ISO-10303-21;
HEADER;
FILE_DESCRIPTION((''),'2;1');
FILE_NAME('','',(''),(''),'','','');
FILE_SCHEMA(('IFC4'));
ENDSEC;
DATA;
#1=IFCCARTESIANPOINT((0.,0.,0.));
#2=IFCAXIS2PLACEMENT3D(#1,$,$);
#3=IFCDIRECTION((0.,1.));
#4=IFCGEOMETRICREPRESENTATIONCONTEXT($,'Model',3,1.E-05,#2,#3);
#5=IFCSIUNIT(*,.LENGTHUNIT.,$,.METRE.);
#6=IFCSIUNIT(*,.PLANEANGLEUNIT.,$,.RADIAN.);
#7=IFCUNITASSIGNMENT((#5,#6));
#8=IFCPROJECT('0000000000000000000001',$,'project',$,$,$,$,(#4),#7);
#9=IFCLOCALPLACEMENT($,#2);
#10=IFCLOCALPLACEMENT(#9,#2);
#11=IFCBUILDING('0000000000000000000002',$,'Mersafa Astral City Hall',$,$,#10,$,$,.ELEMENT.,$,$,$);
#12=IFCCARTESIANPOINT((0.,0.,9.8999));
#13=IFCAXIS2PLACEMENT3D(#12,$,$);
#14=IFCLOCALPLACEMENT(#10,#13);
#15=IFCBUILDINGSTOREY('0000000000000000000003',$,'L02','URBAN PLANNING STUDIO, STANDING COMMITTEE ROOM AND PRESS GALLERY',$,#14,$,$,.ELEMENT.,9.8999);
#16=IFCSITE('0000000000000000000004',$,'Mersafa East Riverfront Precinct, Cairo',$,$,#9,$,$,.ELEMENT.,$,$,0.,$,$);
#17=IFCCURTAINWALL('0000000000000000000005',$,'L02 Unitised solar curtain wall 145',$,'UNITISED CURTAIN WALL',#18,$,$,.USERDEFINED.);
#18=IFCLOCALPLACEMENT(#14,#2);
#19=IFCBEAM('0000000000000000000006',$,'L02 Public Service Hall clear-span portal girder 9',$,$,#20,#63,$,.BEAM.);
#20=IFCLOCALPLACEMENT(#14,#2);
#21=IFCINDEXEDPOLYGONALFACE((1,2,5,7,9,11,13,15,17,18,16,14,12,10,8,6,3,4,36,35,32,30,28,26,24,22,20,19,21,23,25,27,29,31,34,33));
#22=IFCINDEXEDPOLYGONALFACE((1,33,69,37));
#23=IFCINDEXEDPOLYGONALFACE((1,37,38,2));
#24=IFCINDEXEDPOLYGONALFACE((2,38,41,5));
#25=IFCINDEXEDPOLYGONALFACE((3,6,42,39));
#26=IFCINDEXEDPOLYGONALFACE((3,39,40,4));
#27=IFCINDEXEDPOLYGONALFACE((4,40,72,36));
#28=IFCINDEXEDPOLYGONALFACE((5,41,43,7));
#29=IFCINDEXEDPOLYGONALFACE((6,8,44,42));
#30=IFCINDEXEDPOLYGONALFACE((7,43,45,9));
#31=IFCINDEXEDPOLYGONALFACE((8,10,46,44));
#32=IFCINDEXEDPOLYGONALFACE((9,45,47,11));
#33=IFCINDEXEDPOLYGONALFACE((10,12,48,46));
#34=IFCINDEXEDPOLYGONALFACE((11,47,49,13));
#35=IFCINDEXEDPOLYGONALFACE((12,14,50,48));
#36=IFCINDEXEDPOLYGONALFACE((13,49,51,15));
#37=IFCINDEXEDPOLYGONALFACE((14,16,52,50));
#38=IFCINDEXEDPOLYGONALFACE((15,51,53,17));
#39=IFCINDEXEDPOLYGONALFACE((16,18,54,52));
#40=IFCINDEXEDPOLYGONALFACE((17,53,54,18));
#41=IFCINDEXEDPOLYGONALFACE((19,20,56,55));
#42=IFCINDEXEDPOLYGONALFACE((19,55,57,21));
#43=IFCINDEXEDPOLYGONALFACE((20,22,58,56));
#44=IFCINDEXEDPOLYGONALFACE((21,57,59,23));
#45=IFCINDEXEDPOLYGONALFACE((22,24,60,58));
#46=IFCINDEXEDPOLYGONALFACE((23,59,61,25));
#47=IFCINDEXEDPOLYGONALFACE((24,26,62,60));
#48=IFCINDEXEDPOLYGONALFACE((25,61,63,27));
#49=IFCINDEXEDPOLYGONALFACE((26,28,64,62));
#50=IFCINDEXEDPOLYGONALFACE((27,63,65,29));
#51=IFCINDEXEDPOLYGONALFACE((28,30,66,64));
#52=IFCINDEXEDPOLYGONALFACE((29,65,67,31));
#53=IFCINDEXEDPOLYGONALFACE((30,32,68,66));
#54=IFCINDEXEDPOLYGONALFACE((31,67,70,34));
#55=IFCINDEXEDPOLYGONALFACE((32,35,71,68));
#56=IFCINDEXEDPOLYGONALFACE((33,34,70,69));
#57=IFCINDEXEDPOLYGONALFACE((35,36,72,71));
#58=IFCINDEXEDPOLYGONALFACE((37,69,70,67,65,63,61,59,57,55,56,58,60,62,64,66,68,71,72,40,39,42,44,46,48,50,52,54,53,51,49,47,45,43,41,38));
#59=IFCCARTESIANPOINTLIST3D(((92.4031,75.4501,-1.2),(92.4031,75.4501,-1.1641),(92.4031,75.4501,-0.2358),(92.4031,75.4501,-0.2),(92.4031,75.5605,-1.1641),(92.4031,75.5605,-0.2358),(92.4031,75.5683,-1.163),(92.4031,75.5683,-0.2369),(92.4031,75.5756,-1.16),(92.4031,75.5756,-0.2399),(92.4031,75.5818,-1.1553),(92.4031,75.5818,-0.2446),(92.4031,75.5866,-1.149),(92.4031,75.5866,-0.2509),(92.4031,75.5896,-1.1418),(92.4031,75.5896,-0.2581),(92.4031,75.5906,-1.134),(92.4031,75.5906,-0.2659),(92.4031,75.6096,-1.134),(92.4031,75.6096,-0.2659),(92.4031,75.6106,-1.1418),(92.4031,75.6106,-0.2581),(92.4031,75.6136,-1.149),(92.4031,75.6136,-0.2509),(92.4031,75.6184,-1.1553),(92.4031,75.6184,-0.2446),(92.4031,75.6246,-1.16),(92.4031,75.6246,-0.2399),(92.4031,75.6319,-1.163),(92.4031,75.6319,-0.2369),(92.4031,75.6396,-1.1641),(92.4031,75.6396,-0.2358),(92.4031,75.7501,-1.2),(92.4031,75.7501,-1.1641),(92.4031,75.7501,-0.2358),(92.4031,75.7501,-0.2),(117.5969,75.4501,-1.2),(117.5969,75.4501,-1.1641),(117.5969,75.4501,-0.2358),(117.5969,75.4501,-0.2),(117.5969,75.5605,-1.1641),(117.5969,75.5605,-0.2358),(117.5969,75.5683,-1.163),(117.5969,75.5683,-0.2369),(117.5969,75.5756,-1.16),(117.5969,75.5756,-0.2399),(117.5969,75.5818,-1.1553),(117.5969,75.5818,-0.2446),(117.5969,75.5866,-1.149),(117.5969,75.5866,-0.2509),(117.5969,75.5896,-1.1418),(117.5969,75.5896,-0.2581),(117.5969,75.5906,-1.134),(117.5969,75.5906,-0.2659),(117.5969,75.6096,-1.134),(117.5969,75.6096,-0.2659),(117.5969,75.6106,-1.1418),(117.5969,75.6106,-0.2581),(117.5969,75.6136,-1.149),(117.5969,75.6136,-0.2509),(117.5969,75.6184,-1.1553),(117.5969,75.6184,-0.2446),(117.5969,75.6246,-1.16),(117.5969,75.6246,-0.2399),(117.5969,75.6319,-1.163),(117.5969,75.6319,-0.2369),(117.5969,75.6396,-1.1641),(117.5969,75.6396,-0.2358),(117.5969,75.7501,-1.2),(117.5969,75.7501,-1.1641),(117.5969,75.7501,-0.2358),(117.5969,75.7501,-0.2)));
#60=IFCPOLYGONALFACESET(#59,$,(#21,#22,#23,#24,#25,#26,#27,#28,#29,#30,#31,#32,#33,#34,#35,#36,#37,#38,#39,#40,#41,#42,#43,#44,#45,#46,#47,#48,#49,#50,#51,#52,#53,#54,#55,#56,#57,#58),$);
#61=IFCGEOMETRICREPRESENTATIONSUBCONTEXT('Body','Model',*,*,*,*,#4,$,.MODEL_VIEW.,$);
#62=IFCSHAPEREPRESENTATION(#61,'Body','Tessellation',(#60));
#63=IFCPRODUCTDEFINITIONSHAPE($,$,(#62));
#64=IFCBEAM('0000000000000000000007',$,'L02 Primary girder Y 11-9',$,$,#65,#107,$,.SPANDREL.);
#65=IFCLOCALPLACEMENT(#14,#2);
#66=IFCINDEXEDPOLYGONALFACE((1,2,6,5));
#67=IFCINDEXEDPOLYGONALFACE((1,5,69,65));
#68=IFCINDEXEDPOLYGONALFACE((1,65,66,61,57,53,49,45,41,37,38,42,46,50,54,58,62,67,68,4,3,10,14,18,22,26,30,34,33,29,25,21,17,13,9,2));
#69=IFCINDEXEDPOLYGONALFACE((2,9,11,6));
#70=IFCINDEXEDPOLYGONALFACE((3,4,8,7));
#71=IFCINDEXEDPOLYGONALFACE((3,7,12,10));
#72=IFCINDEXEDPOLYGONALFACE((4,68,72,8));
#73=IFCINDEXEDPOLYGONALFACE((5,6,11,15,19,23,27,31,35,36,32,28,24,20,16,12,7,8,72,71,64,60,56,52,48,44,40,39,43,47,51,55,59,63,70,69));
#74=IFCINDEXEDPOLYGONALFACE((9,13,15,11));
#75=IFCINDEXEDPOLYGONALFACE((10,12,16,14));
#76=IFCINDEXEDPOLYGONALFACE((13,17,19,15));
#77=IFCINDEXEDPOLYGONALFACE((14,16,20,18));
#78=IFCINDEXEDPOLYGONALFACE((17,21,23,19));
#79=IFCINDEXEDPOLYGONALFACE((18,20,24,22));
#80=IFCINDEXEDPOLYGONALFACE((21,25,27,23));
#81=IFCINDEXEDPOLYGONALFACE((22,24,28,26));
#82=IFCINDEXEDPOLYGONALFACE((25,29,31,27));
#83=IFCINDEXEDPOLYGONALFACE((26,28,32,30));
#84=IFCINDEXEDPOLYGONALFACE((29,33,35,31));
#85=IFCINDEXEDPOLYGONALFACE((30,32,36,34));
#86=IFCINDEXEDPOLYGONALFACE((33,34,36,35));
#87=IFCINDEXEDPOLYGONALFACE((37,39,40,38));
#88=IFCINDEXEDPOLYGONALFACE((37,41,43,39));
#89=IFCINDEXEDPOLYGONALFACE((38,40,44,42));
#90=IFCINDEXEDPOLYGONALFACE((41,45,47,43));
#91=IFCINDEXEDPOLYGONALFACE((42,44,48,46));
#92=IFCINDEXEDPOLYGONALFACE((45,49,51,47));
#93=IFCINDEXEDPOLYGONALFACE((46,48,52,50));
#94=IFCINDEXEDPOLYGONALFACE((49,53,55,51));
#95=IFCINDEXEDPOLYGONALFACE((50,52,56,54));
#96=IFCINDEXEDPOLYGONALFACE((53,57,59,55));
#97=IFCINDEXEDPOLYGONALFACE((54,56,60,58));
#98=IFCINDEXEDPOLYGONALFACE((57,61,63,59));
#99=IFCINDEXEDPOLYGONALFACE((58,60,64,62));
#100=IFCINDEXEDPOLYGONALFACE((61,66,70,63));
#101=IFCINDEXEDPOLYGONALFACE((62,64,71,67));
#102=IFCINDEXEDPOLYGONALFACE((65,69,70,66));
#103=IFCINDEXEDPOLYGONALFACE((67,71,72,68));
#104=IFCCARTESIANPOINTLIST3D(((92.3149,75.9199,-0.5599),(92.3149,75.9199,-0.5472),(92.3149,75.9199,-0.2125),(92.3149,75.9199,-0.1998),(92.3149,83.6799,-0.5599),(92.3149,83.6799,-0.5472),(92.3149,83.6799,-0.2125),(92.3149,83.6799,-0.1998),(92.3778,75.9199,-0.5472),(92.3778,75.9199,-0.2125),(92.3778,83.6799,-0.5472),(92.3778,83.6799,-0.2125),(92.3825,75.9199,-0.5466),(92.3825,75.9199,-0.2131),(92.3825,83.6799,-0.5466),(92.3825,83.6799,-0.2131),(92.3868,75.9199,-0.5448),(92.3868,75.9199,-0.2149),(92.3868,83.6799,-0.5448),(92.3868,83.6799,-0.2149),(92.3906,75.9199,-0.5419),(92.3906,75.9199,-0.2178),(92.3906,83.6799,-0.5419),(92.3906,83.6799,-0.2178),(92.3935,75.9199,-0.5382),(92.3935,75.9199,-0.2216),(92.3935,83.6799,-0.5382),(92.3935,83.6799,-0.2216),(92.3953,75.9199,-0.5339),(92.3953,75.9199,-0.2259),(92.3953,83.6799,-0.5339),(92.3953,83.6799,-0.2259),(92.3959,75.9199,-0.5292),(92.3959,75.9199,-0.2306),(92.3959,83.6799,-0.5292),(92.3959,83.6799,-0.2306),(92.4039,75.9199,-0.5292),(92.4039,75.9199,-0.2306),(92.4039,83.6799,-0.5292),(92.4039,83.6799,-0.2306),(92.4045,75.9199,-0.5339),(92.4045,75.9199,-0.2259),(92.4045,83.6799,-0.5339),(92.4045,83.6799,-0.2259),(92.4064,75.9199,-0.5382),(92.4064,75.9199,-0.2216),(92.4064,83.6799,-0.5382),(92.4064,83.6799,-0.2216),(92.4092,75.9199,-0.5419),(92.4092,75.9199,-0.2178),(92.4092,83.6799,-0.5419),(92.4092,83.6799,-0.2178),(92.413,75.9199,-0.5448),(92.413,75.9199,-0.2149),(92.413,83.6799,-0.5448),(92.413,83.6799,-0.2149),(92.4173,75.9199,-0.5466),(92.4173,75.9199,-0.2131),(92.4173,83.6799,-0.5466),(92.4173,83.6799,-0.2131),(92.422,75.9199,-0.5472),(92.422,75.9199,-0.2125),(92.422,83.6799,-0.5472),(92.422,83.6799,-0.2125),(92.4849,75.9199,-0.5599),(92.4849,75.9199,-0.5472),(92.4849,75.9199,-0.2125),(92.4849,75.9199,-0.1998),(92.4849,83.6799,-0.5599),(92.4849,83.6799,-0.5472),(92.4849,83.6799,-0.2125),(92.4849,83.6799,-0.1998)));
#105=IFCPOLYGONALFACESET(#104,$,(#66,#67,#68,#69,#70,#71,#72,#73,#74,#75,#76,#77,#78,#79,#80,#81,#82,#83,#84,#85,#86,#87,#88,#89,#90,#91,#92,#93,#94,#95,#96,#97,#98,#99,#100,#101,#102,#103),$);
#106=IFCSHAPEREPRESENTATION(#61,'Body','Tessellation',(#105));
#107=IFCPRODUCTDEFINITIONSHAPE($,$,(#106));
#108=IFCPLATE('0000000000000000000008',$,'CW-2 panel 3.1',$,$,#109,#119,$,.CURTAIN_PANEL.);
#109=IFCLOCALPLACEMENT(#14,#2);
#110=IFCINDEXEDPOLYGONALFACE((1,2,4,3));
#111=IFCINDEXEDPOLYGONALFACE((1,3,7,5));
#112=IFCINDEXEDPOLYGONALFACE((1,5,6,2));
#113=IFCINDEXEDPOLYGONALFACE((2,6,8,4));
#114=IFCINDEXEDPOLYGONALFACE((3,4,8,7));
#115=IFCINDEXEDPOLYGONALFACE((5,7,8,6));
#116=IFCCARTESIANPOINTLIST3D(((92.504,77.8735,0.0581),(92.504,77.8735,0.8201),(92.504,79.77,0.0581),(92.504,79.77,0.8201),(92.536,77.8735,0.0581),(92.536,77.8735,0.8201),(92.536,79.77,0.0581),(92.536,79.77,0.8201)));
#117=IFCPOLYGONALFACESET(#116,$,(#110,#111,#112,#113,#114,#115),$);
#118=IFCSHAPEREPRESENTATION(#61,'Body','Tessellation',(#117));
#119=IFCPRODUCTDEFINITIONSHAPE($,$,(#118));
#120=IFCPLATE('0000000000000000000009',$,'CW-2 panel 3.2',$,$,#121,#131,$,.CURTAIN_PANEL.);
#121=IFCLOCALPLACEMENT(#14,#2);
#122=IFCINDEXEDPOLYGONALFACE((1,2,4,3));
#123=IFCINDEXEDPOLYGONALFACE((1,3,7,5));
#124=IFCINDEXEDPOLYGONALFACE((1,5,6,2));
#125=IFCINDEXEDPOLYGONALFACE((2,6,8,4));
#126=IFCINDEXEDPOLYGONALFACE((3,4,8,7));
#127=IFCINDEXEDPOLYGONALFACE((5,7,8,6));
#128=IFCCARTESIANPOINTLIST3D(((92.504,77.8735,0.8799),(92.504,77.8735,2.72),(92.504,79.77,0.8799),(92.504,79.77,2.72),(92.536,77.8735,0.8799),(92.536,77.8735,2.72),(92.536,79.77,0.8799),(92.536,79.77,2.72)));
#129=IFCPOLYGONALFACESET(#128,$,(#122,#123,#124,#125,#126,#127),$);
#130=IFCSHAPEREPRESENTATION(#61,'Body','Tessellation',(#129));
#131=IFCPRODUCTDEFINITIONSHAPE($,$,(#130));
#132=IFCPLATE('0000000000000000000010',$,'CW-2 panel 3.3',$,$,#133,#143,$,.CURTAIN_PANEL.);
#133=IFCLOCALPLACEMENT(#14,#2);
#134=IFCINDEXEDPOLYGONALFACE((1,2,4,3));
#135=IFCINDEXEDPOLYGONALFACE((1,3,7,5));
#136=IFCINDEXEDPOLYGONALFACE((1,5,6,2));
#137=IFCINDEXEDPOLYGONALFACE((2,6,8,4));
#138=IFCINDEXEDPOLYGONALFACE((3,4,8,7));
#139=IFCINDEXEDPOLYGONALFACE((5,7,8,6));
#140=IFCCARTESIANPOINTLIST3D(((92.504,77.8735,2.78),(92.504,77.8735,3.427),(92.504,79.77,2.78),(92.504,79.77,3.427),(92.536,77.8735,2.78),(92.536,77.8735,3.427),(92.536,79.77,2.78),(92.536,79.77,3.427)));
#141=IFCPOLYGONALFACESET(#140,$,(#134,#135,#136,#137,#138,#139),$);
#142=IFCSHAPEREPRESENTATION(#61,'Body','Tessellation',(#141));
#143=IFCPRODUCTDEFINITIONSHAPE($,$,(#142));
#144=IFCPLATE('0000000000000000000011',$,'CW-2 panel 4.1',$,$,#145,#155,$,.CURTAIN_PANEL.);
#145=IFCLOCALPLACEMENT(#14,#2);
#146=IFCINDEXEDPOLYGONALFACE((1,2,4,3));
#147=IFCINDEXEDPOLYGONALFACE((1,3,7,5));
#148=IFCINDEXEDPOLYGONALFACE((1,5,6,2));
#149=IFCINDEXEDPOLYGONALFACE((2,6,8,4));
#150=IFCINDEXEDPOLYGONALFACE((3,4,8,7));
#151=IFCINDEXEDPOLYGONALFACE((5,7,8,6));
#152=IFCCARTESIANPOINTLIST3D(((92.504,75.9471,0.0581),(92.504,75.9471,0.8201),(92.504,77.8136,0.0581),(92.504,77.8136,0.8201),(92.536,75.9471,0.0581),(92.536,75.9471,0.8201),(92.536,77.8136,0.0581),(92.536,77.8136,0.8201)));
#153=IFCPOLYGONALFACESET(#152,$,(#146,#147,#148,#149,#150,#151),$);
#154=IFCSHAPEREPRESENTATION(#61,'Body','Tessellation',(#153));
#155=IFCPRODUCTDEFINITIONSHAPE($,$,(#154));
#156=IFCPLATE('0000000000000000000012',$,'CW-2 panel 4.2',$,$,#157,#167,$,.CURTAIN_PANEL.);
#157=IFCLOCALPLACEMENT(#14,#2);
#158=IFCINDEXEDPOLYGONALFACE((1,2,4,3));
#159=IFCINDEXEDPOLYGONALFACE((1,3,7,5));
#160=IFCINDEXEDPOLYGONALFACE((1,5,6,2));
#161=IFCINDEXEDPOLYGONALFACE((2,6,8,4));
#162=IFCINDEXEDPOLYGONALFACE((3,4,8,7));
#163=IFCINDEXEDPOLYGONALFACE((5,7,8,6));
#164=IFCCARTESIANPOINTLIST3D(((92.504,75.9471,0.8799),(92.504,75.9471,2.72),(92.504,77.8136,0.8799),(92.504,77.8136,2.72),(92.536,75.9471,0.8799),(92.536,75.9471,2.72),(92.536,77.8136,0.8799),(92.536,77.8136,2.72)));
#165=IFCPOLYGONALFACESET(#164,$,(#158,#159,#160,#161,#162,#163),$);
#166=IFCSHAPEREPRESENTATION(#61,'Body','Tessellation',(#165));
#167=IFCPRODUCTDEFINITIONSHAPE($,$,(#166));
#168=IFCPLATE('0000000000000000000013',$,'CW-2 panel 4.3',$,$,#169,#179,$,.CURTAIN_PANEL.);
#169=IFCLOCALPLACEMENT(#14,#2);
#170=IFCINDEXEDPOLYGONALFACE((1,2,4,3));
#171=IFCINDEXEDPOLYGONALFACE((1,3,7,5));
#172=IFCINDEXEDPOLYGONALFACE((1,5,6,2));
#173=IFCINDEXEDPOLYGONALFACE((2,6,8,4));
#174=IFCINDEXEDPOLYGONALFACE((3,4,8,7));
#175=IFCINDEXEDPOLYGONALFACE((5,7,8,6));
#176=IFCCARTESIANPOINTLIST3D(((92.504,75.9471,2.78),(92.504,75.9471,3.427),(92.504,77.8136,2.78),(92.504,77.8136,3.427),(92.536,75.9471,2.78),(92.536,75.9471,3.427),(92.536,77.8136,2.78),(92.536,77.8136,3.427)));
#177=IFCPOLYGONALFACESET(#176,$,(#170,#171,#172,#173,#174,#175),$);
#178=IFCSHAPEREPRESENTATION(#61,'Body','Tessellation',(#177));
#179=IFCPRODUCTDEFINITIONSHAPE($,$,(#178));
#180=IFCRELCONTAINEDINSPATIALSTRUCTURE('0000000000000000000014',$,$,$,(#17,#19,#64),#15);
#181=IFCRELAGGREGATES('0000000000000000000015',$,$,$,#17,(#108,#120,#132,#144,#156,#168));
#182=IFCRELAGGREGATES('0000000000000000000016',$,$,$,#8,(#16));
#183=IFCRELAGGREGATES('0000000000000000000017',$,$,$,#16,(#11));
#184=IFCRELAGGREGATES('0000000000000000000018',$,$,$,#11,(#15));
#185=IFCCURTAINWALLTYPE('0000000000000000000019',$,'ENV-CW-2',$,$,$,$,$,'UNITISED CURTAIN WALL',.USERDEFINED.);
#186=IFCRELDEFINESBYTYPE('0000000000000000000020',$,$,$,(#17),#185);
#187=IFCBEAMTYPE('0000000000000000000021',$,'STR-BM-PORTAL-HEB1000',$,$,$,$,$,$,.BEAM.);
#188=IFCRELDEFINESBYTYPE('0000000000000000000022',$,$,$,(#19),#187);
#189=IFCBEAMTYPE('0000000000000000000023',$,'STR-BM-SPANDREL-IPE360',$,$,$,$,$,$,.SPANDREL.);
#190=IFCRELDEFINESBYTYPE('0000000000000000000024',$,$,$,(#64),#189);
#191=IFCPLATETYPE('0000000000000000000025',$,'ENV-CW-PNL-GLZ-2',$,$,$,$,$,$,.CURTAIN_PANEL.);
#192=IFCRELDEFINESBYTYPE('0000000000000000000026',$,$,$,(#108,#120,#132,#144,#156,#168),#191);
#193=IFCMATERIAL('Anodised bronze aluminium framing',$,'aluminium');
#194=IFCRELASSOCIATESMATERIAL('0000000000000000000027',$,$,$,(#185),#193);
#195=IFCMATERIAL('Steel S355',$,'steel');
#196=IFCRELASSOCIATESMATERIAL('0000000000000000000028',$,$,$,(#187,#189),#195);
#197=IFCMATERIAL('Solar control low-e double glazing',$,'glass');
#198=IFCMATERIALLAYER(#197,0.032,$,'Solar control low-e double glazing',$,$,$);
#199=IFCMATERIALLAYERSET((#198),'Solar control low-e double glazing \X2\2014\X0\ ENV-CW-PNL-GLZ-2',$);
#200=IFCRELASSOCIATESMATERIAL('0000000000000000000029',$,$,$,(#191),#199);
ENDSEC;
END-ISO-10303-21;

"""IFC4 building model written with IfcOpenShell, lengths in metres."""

from ifc_helpers import new_model, si_unit, direction, frame, origin, origin_2d, place, context, subcontext, project, spatial, rectangle, i_section, extrude, material, layer, layer_set, material_profile, profile_set, type_object, element, aggregate, save


model = new_model("IFC4")

# Units and contexts
model_context = context("Model", 3, precision=1e-05, world=origin(), true_north=direction((0.0, 1.0)))
body_context = subcontext(model_context, "Body", "Model", "MODEL_VIEW")
ifc_project = project(units=[si_unit("LENGTHUNIT", "METRE"), si_unit("PLANEANGLEUNIT", "RADIAN")], contexts=[model_context])

# Site, building, storey
site_placement = place(None, origin())
site = spatial("IfcSite", under=ifc_project, at=site_placement, Name="Mersafa East Riverfront Precinct, Cairo", CompositionType="ELEMENT", RefElevation=0.0)
building_placement = place(site_placement, origin())
building = spatial("IfcBuilding", under=site, at=building_placement, Name="Mersafa Astral City Hall", CompositionType="ELEMENT")
storey_placement = place(building_placement, frame((0.0, 0.0, 9.8999)))
storey = spatial("IfcBuildingStorey", under=building, at=storey_placement, Name="L02", Description="URBAN PLANNING STUDIO, STANDING COMMITTEE ROOM AND PRESS GALLERY", CompositionType="ELEMENT", Elevation=9.8999)

# Shared definitions
ifc_material_1 = material(Name="Steel S355", Category="steel")

# Curtain wall
ifc_material_2 = material(Name="Anodised bronze aluminium framing", Category="aluminium")
curtain_wall_type = type_object("IfcCurtainWallType", Name="ENV-CW-2", ElementType="UNITISED CURTAIN WALL", PredefinedType="USERDEFINED", material=ifc_material_2)
curtain_wall_placement = place(storey_placement, origin())
curtain_wall = element("IfcCurtainWall", 1, at=curtain_wall_placement, inside=storey, type_object=curtain_wall_type, Name="L02 Unitised solar curtain wall 145", ObjectType="UNITISED CURTAIN WALL", PredefinedType="USERDEFINED")

# Beams
ifc_material_profile_1 = material_profile(ifc_material_1, i_section(OverallWidth=0.3, OverallDepth=1.0, WebThickness=0.019, FlangeThickness=0.0359, FilletRadius=0.03, at=origin_2d()), Name="HEB 1000")
ifc_profile_set_1 = profile_set([ifc_material_profile_1], Name="Steel S355")
beam_type_1 = type_object("IfcBeamType", Name="STR-BM-PORTAL-HEB1000", PredefinedType="BEAM", material=ifc_profile_set_1)
beam_1_placement = place(storey_placement, frame((92.4031, 75.6001, -0.7), z_axis=(1.0, 0.0, 0.0), x_axis=(0.0, 1.0, 0.0)))
element("IfcBeam", 2, at=beam_1_placement, inside=storey, type_object=beam_type_1, Name="L02 Public Service Hall clear-span portal girder 9", PredefinedType="BEAM", context=body_context, shape_type="SweptSolid", body=[
    extrude(i_section(OverallWidth=0.3, OverallDepth=1.0, WebThickness=0.019, FlangeThickness=0.0359, FilletRadius=0.03, at=origin_2d()), origin(), (0.0, 0.0, 1.0), 25.1938),
])
ifc_material_profile_2 = material_profile(ifc_material_1, i_section(OverallWidth=0.1699, OverallDepth=0.3601, WebThickness=0.0081, FlangeThickness=0.0127, FilletRadius=0.0181, at=origin_2d()), Name="IPE 360")
ifc_profile_set_2 = profile_set([ifc_material_profile_2], Name="Steel S355")
beam_type_2 = type_object("IfcBeamType", Name="STR-BM-SPANDREL-IPE360", PredefinedType="SPANDREL", material=ifc_profile_set_2)
beam_2_placement = place(storey_placement, frame((92.3999, 75.9199, -0.3799), z_axis=(0.0, 1.0, 0.0), x_axis=(-1.0, 0.0, 0.0)))
element("IfcBeam", 3, at=beam_2_placement, inside=storey, type_object=beam_type_2, Name="L02 Primary girder Y 11-9", PredefinedType="SPANDREL", context=body_context, shape_type="SweptSolid", body=[
    extrude(i_section(OverallWidth=0.1699, OverallDepth=0.3601, WebThickness=0.0081, FlangeThickness=0.0127, FilletRadius=0.0181, at=origin_2d()), origin(), (0.0, 0.0, 1.0), 7.76),
])

# Plates
ifc_material_3 = material(Name="Solar control low-e double glazing", Category="glass")
ifc_layer_1 = layer(ifc_material_3, 0.032, Name="Solar control low-e double glazing")
ifc_layer_set_1 = layer_set([ifc_layer_1], Name="Solar control low-e double glazing — ENV-CW-PNL-GLZ-2")
plate_type = type_object("IfcPlateType", Name="ENV-CW-PNL-GLZ-2", PredefinedType="CURTAIN_PANEL", material=ifc_layer_set_1)
plate_1_placement = place(storey_placement, frame((92.52, 78.8218, 0.0581), z_axis=(0.0, 0.0, 1.0), x_axis=(0.0, -1.0, 0.0)))
plate_1 = element("IfcPlate", 4, at=plate_1_placement, type_object=plate_type, Name="CW-2 panel 3.1", PredefinedType="CURTAIN_PANEL", context=body_context, shape_type="SweptSolid", body=[
    extrude(rectangle(XDim=1.8965, YDim=0.032, at=origin_2d()), origin(), (0.0, 0.0, 1.0), 0.762),
])
plate_2_placement = place(storey_placement, frame((92.52, 78.8218, 0.8799), z_axis=(0.0, 0.0, 1.0), x_axis=(0.0, -1.0, 0.0)))
plate_2 = element("IfcPlate", 5, at=plate_2_placement, type_object=plate_type, Name="CW-2 panel 3.2", PredefinedType="CURTAIN_PANEL", context=body_context, shape_type="SweptSolid", body=[
    extrude(rectangle(XDim=1.8965, YDim=0.032, at=origin_2d()), origin(), (0.0, 0.0, 1.0), 1.8401),
])
plate_3_placement = place(storey_placement, frame((92.52, 78.8218, 2.78), z_axis=(0.0, 0.0, 1.0), x_axis=(0.0, -1.0, 0.0)))
plate_3 = element("IfcPlate", 6, at=plate_3_placement, type_object=plate_type, Name="CW-2 panel 3.3", PredefinedType="CURTAIN_PANEL", context=body_context, shape_type="SweptSolid", body=[
    extrude(rectangle(XDim=1.8965, YDim=0.032, at=origin_2d()), origin(), (0.0, 0.0, 1.0), 0.647),
])
plate_4_placement = place(storey_placement, frame((92.52, 76.8804, 0.0581), z_axis=(0.0, 0.0, 1.0), x_axis=(0.0, -1.0, 0.0)))
plate_4 = element("IfcPlate", 7, at=plate_4_placement, type_object=plate_type, Name="CW-2 panel 4.1", PredefinedType="CURTAIN_PANEL", context=body_context, shape_type="SweptSolid", body=[
    extrude(rectangle(XDim=1.8665, YDim=0.032, at=origin_2d()), origin(), (0.0, 0.0, 1.0), 0.762),
])
plate_5_placement = place(storey_placement, frame((92.52, 76.8804, 0.8799), z_axis=(0.0, 0.0, 1.0), x_axis=(0.0, -1.0, 0.0)))
plate_5 = element("IfcPlate", 8, at=plate_5_placement, type_object=plate_type, Name="CW-2 panel 4.2", PredefinedType="CURTAIN_PANEL", context=body_context, shape_type="SweptSolid", body=[
    extrude(rectangle(XDim=1.8665, YDim=0.032, at=origin_2d()), origin(), (0.0, 0.0, 1.0), 1.8401),
])
plate_6_placement = place(storey_placement, frame((92.52, 76.8804, 2.78), z_axis=(0.0, 0.0, 1.0), x_axis=(0.0, -1.0, 0.0)))
plate_6 = element("IfcPlate", 9, at=plate_6_placement, type_object=plate_type, Name="CW-2 panel 4.3", PredefinedType="CURTAIN_PANEL", context=body_context, shape_type="SweptSolid", body=[
    extrude(rectangle(XDim=1.8665, YDim=0.032, at=origin_2d()), origin(), (0.0, 0.0, 1.0), 0.647),
])
aggregate(curtain_wall, [plate_1, plate_2, plate_3, plate_4, plate_5, plate_6])

save(model, "model.ifc")
